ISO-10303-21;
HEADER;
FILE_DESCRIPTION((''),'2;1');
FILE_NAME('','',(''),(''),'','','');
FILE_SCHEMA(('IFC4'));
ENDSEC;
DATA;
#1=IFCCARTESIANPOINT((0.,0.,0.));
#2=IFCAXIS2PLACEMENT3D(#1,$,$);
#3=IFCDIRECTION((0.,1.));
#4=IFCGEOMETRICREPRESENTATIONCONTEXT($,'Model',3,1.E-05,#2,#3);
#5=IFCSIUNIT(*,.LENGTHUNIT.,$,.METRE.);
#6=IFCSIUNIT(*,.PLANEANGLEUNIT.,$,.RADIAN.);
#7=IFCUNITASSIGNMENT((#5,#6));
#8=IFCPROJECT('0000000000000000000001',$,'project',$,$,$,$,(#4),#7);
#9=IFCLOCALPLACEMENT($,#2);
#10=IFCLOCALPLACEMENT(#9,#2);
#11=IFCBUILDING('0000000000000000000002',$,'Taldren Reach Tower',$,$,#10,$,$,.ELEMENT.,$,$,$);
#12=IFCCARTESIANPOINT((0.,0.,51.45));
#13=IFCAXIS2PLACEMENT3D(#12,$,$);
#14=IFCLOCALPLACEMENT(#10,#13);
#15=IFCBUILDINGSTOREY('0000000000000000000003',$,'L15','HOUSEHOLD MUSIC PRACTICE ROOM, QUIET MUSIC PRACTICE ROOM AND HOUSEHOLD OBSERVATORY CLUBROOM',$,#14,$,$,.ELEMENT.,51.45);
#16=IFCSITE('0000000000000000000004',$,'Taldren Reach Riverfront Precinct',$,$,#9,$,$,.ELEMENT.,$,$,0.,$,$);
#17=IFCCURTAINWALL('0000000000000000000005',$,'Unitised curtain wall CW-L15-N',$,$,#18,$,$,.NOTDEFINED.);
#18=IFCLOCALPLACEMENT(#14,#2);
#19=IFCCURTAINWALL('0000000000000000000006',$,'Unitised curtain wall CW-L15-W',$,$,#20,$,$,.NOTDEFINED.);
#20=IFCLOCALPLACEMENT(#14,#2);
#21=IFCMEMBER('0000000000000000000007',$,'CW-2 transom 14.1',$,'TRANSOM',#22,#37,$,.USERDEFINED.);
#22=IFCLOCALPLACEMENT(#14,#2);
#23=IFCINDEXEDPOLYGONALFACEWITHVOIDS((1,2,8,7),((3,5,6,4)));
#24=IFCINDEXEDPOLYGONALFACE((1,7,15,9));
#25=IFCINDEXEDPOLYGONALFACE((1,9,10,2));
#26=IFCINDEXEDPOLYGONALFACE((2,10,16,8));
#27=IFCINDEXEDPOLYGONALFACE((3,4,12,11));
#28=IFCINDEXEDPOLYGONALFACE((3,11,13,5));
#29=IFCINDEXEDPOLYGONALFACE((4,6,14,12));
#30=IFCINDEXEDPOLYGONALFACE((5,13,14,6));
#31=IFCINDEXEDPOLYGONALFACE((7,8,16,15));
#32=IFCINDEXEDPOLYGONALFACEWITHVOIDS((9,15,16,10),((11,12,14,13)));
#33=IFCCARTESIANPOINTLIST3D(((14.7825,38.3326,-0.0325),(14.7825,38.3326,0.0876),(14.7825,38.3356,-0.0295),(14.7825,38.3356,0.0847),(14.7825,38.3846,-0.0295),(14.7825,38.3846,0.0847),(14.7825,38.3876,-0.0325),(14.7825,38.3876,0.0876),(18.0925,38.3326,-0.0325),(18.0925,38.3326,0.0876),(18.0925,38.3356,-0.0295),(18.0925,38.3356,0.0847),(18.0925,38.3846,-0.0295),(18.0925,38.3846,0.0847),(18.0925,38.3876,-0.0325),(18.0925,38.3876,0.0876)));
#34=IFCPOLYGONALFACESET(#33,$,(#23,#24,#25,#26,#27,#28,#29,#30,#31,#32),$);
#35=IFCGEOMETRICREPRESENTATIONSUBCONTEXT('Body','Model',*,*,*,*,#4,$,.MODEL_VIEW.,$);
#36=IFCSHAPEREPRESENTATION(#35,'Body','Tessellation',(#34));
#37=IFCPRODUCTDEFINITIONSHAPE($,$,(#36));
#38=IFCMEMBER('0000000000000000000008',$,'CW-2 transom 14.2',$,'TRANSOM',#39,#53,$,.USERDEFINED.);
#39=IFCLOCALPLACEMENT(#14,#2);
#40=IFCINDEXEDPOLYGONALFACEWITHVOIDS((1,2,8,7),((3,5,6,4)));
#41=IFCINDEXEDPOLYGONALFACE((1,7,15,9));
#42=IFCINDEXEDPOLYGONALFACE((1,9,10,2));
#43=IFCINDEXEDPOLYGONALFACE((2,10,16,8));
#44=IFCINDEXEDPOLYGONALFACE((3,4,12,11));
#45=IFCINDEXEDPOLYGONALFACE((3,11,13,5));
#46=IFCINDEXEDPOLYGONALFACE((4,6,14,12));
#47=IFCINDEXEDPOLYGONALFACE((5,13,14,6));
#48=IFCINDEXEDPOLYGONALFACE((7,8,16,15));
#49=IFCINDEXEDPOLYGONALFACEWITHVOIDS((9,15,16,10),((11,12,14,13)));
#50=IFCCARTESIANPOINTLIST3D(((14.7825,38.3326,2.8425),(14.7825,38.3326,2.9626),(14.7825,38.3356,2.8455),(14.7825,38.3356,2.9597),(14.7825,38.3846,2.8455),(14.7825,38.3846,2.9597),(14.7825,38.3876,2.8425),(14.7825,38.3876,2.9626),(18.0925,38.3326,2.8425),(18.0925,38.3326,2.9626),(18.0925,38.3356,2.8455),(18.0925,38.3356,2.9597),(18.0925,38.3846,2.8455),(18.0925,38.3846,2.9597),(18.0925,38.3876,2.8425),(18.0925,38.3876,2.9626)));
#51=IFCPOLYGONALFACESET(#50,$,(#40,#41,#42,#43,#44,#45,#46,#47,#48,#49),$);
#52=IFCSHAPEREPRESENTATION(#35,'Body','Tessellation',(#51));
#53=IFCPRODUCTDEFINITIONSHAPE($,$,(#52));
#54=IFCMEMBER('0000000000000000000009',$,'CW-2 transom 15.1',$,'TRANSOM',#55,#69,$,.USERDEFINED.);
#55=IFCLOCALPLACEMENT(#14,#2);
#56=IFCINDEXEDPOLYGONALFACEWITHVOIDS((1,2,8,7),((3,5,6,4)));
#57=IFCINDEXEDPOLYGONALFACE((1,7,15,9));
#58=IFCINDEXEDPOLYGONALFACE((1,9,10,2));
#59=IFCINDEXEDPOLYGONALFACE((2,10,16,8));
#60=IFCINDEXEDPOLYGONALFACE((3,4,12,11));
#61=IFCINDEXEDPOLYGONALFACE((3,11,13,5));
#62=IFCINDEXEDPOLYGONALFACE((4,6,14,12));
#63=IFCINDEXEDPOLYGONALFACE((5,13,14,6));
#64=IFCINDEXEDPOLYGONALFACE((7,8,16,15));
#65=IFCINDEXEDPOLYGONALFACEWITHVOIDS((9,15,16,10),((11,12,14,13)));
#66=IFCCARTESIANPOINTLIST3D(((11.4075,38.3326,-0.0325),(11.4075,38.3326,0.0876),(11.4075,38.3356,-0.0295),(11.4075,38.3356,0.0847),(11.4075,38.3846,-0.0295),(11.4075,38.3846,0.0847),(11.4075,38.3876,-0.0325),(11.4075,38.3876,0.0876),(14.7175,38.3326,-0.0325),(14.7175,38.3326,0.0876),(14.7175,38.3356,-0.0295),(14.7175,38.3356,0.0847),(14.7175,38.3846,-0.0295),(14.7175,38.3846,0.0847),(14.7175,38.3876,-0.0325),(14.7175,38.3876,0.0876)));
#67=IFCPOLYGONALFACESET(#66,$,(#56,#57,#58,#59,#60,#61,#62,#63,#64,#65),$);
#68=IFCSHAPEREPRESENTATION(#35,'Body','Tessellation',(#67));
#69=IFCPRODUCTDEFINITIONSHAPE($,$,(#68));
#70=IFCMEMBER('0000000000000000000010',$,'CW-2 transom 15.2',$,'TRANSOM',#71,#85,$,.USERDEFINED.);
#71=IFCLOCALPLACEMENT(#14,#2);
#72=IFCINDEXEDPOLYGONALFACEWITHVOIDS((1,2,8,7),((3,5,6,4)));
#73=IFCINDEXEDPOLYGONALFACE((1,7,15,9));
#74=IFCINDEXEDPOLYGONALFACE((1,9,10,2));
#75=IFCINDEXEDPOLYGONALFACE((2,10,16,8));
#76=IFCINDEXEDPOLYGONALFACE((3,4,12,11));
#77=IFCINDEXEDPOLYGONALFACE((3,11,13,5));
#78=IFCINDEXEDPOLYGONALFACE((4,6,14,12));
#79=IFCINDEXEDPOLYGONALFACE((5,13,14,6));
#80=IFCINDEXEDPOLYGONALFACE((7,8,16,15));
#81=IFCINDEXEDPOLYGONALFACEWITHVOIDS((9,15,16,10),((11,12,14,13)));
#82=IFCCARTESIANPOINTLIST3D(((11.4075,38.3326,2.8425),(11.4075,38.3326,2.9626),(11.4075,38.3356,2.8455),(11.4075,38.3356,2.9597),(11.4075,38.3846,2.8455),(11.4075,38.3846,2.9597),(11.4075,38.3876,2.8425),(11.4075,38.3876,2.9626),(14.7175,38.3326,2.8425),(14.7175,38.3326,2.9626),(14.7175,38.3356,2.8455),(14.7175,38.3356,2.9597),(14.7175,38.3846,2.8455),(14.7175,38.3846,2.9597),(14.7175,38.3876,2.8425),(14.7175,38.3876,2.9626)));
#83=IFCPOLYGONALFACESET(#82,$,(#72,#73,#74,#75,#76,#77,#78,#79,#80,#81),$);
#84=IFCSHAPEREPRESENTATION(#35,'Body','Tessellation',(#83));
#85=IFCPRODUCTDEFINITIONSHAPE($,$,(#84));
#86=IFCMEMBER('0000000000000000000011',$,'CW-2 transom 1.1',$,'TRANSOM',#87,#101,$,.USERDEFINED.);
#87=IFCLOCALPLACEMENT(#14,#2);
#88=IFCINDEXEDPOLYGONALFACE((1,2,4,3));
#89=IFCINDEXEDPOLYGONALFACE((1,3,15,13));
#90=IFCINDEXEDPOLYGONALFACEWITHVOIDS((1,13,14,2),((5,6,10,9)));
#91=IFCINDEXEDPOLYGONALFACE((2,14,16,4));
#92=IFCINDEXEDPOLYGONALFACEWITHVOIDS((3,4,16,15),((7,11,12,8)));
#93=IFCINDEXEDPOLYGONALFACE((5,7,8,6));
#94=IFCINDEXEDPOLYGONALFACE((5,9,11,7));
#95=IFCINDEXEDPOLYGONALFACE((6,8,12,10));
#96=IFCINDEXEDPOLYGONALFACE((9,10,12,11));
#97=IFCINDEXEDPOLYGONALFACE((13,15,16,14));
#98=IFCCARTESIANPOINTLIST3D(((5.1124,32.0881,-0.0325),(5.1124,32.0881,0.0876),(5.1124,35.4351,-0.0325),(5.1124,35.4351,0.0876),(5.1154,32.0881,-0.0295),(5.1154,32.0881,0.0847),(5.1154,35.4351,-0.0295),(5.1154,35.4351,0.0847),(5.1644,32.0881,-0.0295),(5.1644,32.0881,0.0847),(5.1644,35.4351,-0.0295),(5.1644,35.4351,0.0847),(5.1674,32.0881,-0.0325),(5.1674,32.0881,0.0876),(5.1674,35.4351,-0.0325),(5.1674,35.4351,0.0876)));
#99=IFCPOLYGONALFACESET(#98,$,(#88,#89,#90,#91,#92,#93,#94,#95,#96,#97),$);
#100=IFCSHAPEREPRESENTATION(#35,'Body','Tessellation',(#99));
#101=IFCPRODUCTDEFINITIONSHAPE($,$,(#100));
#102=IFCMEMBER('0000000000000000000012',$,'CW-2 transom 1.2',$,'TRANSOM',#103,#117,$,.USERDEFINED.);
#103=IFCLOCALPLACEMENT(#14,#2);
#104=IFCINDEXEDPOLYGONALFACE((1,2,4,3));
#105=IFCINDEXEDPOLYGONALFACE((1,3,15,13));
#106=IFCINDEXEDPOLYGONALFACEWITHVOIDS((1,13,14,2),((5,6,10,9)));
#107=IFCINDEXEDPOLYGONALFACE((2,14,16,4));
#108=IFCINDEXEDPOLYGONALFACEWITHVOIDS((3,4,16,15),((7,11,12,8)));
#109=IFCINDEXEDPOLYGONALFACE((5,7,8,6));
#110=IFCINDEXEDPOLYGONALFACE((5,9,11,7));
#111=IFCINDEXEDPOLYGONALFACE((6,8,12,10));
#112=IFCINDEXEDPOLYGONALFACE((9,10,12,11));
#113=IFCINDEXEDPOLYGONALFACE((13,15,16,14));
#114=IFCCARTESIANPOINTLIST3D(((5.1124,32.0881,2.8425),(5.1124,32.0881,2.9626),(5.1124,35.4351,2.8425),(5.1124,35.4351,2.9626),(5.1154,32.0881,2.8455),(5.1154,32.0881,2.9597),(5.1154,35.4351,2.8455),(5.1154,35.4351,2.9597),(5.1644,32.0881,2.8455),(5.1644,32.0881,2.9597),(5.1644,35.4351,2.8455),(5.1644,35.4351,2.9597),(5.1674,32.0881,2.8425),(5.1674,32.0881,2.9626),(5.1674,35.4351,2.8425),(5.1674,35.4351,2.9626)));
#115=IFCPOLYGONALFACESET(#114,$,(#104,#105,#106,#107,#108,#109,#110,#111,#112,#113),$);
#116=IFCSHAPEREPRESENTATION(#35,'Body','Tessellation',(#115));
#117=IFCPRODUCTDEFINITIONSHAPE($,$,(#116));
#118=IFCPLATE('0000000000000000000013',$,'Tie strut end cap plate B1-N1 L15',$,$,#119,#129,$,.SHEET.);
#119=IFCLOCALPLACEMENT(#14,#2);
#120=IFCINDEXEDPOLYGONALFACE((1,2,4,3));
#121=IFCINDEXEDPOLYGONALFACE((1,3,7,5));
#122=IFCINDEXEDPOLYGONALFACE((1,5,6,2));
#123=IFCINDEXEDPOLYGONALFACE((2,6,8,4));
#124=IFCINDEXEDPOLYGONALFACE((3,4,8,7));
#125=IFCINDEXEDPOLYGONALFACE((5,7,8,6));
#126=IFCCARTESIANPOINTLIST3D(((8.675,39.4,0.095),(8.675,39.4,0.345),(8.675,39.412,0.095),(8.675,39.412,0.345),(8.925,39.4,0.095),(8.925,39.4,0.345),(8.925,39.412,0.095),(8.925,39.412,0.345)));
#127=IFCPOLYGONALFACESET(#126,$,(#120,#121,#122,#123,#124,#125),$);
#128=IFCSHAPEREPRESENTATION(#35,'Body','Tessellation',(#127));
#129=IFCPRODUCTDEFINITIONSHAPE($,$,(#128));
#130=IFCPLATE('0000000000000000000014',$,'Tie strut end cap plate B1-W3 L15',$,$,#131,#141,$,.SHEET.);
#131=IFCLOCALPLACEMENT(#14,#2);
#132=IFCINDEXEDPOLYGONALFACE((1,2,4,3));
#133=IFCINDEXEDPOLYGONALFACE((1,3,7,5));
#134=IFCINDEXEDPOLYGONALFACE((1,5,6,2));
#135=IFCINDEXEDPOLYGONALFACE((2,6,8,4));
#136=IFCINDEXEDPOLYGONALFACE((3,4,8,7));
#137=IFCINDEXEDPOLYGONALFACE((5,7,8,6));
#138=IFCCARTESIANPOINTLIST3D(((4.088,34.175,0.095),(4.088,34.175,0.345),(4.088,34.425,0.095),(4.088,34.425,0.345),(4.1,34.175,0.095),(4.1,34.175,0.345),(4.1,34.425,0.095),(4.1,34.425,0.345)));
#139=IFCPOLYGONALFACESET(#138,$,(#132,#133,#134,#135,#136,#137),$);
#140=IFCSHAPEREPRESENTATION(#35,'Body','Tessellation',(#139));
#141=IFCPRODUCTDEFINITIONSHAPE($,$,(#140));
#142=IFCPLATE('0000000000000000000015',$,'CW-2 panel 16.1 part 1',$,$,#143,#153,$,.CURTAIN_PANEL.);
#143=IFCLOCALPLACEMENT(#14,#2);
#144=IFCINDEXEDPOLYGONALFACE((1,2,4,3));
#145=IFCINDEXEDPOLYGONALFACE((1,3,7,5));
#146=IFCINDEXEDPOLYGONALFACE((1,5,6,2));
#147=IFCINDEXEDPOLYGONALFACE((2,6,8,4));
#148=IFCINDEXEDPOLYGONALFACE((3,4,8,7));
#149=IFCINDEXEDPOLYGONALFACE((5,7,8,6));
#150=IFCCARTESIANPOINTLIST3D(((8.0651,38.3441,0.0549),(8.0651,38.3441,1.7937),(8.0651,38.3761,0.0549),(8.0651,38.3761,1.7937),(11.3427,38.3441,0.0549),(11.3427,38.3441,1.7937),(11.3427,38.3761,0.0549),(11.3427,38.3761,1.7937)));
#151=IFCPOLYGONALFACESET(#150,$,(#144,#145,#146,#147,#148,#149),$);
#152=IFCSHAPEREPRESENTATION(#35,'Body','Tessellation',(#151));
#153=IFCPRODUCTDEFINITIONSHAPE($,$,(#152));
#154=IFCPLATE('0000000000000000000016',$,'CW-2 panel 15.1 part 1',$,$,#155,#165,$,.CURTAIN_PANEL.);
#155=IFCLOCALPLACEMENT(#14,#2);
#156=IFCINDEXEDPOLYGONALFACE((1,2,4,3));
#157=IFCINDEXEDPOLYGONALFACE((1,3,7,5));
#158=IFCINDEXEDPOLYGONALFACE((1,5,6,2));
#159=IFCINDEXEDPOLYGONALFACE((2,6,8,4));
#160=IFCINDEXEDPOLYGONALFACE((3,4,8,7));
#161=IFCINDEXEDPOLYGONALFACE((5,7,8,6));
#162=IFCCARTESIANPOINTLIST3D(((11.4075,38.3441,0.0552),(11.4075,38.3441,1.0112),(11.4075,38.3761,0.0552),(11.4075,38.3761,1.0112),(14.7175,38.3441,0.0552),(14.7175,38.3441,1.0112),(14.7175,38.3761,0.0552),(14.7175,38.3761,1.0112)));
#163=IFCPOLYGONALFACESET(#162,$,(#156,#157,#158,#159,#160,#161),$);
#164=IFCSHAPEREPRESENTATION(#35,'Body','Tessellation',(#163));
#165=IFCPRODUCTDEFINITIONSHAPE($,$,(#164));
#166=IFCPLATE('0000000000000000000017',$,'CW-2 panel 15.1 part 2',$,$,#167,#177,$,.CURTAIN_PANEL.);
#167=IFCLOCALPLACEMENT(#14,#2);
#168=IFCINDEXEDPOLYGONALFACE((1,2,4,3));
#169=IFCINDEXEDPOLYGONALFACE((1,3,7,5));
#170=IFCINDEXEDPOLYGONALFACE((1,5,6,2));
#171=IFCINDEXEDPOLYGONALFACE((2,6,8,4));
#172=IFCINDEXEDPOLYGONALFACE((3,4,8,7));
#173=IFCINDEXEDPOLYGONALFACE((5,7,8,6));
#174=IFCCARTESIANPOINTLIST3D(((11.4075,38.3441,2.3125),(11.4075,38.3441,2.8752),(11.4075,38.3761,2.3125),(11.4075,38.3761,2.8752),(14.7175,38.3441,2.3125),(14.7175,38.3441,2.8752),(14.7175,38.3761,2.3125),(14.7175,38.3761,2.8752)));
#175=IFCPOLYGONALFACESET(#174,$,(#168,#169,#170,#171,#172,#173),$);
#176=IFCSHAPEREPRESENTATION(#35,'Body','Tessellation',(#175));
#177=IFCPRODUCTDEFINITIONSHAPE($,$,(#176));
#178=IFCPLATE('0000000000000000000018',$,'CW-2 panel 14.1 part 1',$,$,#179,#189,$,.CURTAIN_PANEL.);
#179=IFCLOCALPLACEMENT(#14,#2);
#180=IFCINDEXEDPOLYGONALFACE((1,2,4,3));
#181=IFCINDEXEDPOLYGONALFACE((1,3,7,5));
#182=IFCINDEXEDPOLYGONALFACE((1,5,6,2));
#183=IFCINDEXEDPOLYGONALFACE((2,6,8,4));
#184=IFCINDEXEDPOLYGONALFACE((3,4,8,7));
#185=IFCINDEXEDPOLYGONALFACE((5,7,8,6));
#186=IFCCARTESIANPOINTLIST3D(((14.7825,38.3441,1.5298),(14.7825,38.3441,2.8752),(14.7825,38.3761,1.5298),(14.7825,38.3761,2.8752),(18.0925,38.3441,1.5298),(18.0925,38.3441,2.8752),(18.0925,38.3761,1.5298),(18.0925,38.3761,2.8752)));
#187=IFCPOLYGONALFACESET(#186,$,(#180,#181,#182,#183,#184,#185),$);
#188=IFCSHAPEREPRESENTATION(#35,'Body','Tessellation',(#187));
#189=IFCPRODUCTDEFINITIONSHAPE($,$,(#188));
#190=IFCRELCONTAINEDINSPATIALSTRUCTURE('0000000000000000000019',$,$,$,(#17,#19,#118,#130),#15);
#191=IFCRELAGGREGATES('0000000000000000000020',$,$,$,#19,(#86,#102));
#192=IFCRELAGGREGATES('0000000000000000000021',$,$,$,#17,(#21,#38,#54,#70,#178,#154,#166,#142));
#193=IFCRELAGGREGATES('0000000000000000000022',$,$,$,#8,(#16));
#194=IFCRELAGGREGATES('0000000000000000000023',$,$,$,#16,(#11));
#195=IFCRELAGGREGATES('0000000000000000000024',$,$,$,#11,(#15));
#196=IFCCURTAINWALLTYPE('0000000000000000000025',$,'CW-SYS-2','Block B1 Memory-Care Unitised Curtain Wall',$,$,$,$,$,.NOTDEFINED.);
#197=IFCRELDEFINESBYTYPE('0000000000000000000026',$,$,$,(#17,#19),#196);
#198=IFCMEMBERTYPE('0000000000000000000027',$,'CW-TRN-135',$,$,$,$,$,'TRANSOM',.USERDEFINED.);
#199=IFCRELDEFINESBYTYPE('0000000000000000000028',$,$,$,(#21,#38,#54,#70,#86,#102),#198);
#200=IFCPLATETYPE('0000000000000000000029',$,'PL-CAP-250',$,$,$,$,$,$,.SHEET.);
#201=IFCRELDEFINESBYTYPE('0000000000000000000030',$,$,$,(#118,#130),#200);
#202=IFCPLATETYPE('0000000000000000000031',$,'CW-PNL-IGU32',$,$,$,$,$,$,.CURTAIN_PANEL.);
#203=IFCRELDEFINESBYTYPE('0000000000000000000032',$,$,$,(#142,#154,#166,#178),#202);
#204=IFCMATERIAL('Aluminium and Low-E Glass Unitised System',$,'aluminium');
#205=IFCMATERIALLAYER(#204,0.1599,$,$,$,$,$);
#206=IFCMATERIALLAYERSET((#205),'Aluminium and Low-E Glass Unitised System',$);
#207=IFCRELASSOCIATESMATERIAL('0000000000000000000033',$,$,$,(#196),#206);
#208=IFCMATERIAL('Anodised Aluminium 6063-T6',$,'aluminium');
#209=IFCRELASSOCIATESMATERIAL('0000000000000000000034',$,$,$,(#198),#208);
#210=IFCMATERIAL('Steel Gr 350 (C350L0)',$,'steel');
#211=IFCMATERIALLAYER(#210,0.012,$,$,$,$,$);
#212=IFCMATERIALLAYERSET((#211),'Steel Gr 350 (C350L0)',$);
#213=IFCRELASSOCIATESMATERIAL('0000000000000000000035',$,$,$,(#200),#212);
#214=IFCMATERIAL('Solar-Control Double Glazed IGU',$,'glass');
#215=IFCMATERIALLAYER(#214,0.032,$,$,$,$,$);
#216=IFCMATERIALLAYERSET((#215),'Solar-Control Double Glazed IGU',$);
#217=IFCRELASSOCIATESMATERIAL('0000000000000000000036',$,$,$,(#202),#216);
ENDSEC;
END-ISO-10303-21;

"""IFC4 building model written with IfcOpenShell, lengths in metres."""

from ifc_helpers import new_model, si_unit, direction, frame, origin, origin_2d, place, context, subcontext, project, spatial, rectangle, hollow_rectangle, extrude, source, transform, mapped, material, layer, layer_set, material_profile, profile_set, type_object, element, aggregate, save


model = new_model("IFC4")

# Units and contexts
model_context = context("Model", 3, precision=1e-05, world=origin(), true_north=direction((0.0, 1.0)))
body_context = subcontext(model_context, "Body", "Model", "MODEL_VIEW")
ifc_project = project(units=[si_unit("LENGTHUNIT", "METRE"), si_unit("PLANEANGLEUNIT", "RADIAN")], contexts=[model_context])

# Site, building, storey
site_placement = place(None, origin())
site = spatial("IfcSite", under=ifc_project, at=site_placement, Name="Taldren Reach Riverfront Precinct", CompositionType="ELEMENT", RefElevation=0.0)
building_placement = place(site_placement, origin())
building = spatial("IfcBuilding", under=site, at=building_placement, Name="Taldren Reach Tower", CompositionType="ELEMENT")
storey_placement = place(building_placement, frame((0.0, 0.0, 51.45)))
storey = spatial("IfcBuildingStorey", under=building, at=storey_placement, Name="L15", Description="HOUSEHOLD MUSIC PRACTICE ROOM, QUIET MUSIC PRACTICE ROOM AND HOUSEHOLD OBSERVATORY CLUBROOM", CompositionType="ELEMENT", Elevation=51.45)

# Shared definitions
ifc_material_1 = material(Name="Steel Gr 350 (C350L0)", Category="steel")

# Curtain wall
ifc_material_2 = material(Name="Aluminium and Low-E Glass Unitised System", Category="aluminium")
ifc_layer_1 = layer(ifc_material_2, 0.1599)
ifc_layer_set_1 = layer_set([ifc_layer_1], Name="Aluminium and Low-E Glass Unitised System")
curtain_wall_type = type_object("IfcCurtainWallType", Name="CW-SYS-2", Description="Block B1 Memory-Care Unitised Curtain Wall", PredefinedType="NOTDEFINED", material=ifc_layer_set_1)
curtain_wall_1_placement = place(storey_placement, origin())
curtain_wall_1 = element("IfcCurtainWall", 1, at=curtain_wall_1_placement, inside=storey, type_object=curtain_wall_type, Name="Unitised curtain wall CW-L15-N", PredefinedType="NOTDEFINED")
ifc_material_3 = material(Name="Anodised Aluminium 6063-T6", Category="aluminium")

# Curtain wall
curtain_wall_2_placement = place(storey_placement, origin())
curtain_wall_2 = element("IfcCurtainWall", 2, at=curtain_wall_2_placement, inside=storey, type_object=curtain_wall_type, Name="Unitised curtain wall CW-L15-W", PredefinedType="NOTDEFINED")

# Members
ifc_material_profile_1 = material_profile(ifc_material_3, hollow_rectangle(XDim=0.0549, YDim=0.1201, WallThickness=0.0029, at=origin_2d()), Name="ALU-120x55x3RHS")
ifc_profile_set_1 = profile_set([ifc_material_profile_1], Name="Anodised Aluminium 6063-T6")
member_type_1 = type_object("IfcMemberType", Name="CW-TRN-135", ElementType="TRANSOM", PredefinedType="USERDEFINED", material=ifc_profile_set_1)
shared_shape_1 = source(origin(), body_context, "Body", "SweptSolid", [
    extrude(hollow_rectangle(XDim=0.0549, YDim=0.1201, WallThickness=0.0029, at=origin_2d()), origin(), (0.0, 0.0, 1.0), 3.3101),
])
member_1_placement = place(storey_placement, frame((18.0925, 38.3601, 0.0276), z_axis=(-1.0, 0.0, 0.0), x_axis=(0.0, -1.0, 0.0)))
member_1 = element("IfcMember", 3, at=member_1_placement, type_object=member_type_1, Name="CW-2 transom 14.1", ObjectType="TRANSOM", PredefinedType="USERDEFINED", context=body_context, shape_type="MappedRepresentation", body=[
    mapped(shared_shape_1, transform((0.0, 0.0, 0.0), scale=1.0)),
])
member_2_placement = place(storey_placement, frame((18.0925, 38.3601, 2.9026), z_axis=(-1.0, 0.0, 0.0), x_axis=(0.0, -1.0, 0.0)))
member_2 = element("IfcMember", 4, at=member_2_placement, type_object=member_type_1, Name="CW-2 transom 14.2", ObjectType="TRANSOM", PredefinedType="USERDEFINED", context=body_context, shape_type="MappedRepresentation", body=[
    mapped(shared_shape_1, transform((0.0, 0.0, 0.0), scale=1.0)),
])
member_3_placement = place(storey_placement, frame((14.7175, 38.3601, 0.0276), z_axis=(-1.0, 0.0, 0.0), x_axis=(0.0, -1.0, 0.0)))
member_3 = element("IfcMember", 5, at=member_3_placement, type_object=member_type_1, Name="CW-2 transom 15.1", ObjectType="TRANSOM", PredefinedType="USERDEFINED", context=body_context, shape_type="MappedRepresentation", body=[
    mapped(shared_shape_1, transform((0.0, 0.0, 0.0), scale=1.0)),
])
member_4_placement = place(storey_placement, frame((14.7175, 38.3601, 2.9026), z_axis=(-1.0, 0.0, 0.0), x_axis=(0.0, -1.0, 0.0)))
member_4 = element("IfcMember", 6, at=member_4_placement, type_object=member_type_1, Name="CW-2 transom 15.2", ObjectType="TRANSOM", PredefinedType="USERDEFINED", context=body_context, shape_type="MappedRepresentation", body=[
    mapped(shared_shape_1, transform((0.0, 0.0, 0.0), scale=1.0)),
])
shared_shape_2 = source(origin(), body_context, "Body", "SweptSolid", [
    extrude(hollow_rectangle(XDim=0.0549, YDim=0.1201, WallThickness=0.0029, at=origin_2d()), origin(), (0.0, 0.0, 1.0), 3.3469),
])
member_5_placement = place(storey_placement, frame((5.1399, 35.4351, 0.0276), z_axis=(0.0, -1.0, 0.0), x_axis=(1.0, 0.0, 0.0)))
member_5 = element("IfcMember", 7, at=member_5_placement, type_object=member_type_1, Name="CW-2 transom 1.1", ObjectType="TRANSOM", PredefinedType="USERDEFINED", context=body_context, shape_type="MappedRepresentation", body=[
    mapped(shared_shape_2, transform((0.0, 0.0, 0.0), scale=1.0)),
])
member_6_placement = place(storey_placement, frame((5.1399, 35.4351, 2.9026), z_axis=(0.0, -1.0, 0.0), x_axis=(1.0, 0.0, 0.0)))
member_6 = element("IfcMember", 8, at=member_6_placement, type_object=member_type_1, Name="CW-2 transom 1.2", ObjectType="TRANSOM", PredefinedType="USERDEFINED", context=body_context, shape_type="MappedRepresentation", body=[
    mapped(shared_shape_2, transform((0.0, 0.0, 0.0), scale=1.0)),
])
aggregate(curtain_wall_2, [member_5, member_6])

# Plates
ifc_layer_2 = layer(ifc_material_1, 0.012)
ifc_layer_set_2 = layer_set([ifc_layer_2], Name="Steel Gr 350 (C350L0)")
plate_type_1 = type_object("IfcPlateType", Name="PL-CAP-250", PredefinedType="SHEET", material=ifc_layer_set_2)
shared_shape_3 = source(origin(), body_context, "Body", "SweptSolid", [
    extrude(rectangle(XDim=0.25, YDim=0.012, at=origin_2d()), origin(), (0.0, 0.0, 1.0), 0.25),
])
plate_1_placement = place(storey_placement, frame((8.8, 39.406, 0.095), z_axis=(0.0, 0.0, 1.0), x_axis=(1.0, 0.0, 0.0)))
element("IfcPlate", 9, at=plate_1_placement, inside=storey, type_object=plate_type_1, Name="Tie strut end cap plate B1-N1 L15", PredefinedType="SHEET", context=body_context, shape_type="MappedRepresentation", body=[
    mapped(shared_shape_3, transform((0.0, 0.0, 0.0), scale=1.0)),
])
shared_shape_4 = source(origin(), body_context, "Body", "SweptSolid", [
    extrude(rectangle(XDim=0.012, YDim=0.25, at=origin_2d()), origin(), (0.0, 0.0, 1.0), 0.25),
])
plate_2_placement = place(storey_placement, frame((4.094, 34.3, 0.095), z_axis=(0.0, 0.0, 1.0), x_axis=(1.0, 0.0, 0.0)))
element("IfcPlate", 10, at=plate_2_placement, inside=storey, type_object=plate_type_1, Name="Tie strut end cap plate B1-W3 L15", PredefinedType="SHEET", context=body_context, shape_type="MappedRepresentation", body=[
    mapped(shared_shape_4, transform((0.0, 0.0, 0.0), scale=1.0)),
])

# Plates
ifc_material_4 = material(Name="Solar-Control Double Glazed IGU", Category="glass")
ifc_layer_3 = layer(ifc_material_4, 0.032)
ifc_layer_set_3 = layer_set([ifc_layer_3], Name="Solar-Control Double Glazed IGU")
plate_type_2 = type_object("IfcPlateType", Name="CW-PNL-IGU32", PredefinedType="CURTAIN_PANEL", material=ifc_layer_set_3)
shared_shape_5 = source(origin(), body_context, "Body", "SweptSolid", [
    extrude(rectangle(XDim=3.2776, YDim=0.032, at=origin_2d()), origin(), (0.0, 0.0, 1.0), 1.7388),
])
plate_3_placement = place(storey_placement, frame((9.7039, 38.3601, 0.0549), z_axis=(0.0, 0.0, 1.0), x_axis=(-1.0, 0.0, 0.0)))
plate_3 = element("IfcPlate", 11, at=plate_3_placement, type_object=plate_type_2, Name="CW-2 panel 16.1 part 1", PredefinedType="CURTAIN_PANEL", context=body_context, shape_type="MappedRepresentation", body=[
    mapped(shared_shape_5, transform((0.0, 0.0, 0.0), scale=1.0)),
])
shared_shape_6 = source(origin(), body_context, "Body", "SweptSolid", [
    extrude(rectangle(XDim=3.3101, YDim=0.032, at=origin_2d()), origin(), (0.0, 0.0, 1.0), 0.9561),
])
plate_4_placement = place(storey_placement, frame((13.0625, 38.3601, 0.0552), z_axis=(0.0, 0.0, 1.0), x_axis=(-1.0, 0.0, 0.0)))
plate_4 = element("IfcPlate", 12, at=plate_4_placement, type_object=plate_type_2, Name="CW-2 panel 15.1 part 1", PredefinedType="CURTAIN_PANEL", context=body_context, shape_type="MappedRepresentation", body=[
    mapped(shared_shape_6, transform((0.0, 0.0, 0.0), scale=1.0)),
])
shared_shape_7 = source(origin(), body_context, "Body", "SweptSolid", [
    extrude(rectangle(XDim=3.3101, YDim=0.032, at=origin_2d()), origin(), (0.0, 0.0, 1.0), 0.5627),
])
plate_5_placement = place(storey_placement, frame((13.0625, 38.3601, 2.3125), z_axis=(0.0, 0.0, 1.0), x_axis=(-1.0, 0.0, 0.0)))
plate_5 = element("IfcPlate", 13, at=plate_5_placement, type_object=plate_type_2, Name="CW-2 panel 15.1 part 2", PredefinedType="CURTAIN_PANEL", context=body_context, shape_type="MappedRepresentation", body=[
    mapped(shared_shape_7, transform((0.0, 0.0, 0.0), scale=1.0)),
])
shared_shape_8 = source(origin(), body_context, "Body", "SweptSolid", [
    extrude(rectangle(XDim=3.3101, YDim=0.032, at=origin_2d()), origin(), (0.0, 0.0, 1.0), 1.3455),
])
plate_6_placement = place(storey_placement, frame((16.4375, 38.3601, 1.5298), z_axis=(0.0, 0.0, 1.0), x_axis=(-1.0, 0.0, 0.0)))
plate_6 = element("IfcPlate", 14, at=plate_6_placement, type_object=plate_type_2, Name="CW-2 panel 14.1 part 1", PredefinedType="CURTAIN_PANEL", context=body_context, shape_type="MappedRepresentation", body=[
    mapped(shared_shape_8, transform((0.0, 0.0, 0.0), scale=1.0)),
])
aggregate(curtain_wall_1, [member_1, member_2, member_3, member_4, plate_6, plate_4, plate_5, plate_3])

save(model, "model.ifc")
